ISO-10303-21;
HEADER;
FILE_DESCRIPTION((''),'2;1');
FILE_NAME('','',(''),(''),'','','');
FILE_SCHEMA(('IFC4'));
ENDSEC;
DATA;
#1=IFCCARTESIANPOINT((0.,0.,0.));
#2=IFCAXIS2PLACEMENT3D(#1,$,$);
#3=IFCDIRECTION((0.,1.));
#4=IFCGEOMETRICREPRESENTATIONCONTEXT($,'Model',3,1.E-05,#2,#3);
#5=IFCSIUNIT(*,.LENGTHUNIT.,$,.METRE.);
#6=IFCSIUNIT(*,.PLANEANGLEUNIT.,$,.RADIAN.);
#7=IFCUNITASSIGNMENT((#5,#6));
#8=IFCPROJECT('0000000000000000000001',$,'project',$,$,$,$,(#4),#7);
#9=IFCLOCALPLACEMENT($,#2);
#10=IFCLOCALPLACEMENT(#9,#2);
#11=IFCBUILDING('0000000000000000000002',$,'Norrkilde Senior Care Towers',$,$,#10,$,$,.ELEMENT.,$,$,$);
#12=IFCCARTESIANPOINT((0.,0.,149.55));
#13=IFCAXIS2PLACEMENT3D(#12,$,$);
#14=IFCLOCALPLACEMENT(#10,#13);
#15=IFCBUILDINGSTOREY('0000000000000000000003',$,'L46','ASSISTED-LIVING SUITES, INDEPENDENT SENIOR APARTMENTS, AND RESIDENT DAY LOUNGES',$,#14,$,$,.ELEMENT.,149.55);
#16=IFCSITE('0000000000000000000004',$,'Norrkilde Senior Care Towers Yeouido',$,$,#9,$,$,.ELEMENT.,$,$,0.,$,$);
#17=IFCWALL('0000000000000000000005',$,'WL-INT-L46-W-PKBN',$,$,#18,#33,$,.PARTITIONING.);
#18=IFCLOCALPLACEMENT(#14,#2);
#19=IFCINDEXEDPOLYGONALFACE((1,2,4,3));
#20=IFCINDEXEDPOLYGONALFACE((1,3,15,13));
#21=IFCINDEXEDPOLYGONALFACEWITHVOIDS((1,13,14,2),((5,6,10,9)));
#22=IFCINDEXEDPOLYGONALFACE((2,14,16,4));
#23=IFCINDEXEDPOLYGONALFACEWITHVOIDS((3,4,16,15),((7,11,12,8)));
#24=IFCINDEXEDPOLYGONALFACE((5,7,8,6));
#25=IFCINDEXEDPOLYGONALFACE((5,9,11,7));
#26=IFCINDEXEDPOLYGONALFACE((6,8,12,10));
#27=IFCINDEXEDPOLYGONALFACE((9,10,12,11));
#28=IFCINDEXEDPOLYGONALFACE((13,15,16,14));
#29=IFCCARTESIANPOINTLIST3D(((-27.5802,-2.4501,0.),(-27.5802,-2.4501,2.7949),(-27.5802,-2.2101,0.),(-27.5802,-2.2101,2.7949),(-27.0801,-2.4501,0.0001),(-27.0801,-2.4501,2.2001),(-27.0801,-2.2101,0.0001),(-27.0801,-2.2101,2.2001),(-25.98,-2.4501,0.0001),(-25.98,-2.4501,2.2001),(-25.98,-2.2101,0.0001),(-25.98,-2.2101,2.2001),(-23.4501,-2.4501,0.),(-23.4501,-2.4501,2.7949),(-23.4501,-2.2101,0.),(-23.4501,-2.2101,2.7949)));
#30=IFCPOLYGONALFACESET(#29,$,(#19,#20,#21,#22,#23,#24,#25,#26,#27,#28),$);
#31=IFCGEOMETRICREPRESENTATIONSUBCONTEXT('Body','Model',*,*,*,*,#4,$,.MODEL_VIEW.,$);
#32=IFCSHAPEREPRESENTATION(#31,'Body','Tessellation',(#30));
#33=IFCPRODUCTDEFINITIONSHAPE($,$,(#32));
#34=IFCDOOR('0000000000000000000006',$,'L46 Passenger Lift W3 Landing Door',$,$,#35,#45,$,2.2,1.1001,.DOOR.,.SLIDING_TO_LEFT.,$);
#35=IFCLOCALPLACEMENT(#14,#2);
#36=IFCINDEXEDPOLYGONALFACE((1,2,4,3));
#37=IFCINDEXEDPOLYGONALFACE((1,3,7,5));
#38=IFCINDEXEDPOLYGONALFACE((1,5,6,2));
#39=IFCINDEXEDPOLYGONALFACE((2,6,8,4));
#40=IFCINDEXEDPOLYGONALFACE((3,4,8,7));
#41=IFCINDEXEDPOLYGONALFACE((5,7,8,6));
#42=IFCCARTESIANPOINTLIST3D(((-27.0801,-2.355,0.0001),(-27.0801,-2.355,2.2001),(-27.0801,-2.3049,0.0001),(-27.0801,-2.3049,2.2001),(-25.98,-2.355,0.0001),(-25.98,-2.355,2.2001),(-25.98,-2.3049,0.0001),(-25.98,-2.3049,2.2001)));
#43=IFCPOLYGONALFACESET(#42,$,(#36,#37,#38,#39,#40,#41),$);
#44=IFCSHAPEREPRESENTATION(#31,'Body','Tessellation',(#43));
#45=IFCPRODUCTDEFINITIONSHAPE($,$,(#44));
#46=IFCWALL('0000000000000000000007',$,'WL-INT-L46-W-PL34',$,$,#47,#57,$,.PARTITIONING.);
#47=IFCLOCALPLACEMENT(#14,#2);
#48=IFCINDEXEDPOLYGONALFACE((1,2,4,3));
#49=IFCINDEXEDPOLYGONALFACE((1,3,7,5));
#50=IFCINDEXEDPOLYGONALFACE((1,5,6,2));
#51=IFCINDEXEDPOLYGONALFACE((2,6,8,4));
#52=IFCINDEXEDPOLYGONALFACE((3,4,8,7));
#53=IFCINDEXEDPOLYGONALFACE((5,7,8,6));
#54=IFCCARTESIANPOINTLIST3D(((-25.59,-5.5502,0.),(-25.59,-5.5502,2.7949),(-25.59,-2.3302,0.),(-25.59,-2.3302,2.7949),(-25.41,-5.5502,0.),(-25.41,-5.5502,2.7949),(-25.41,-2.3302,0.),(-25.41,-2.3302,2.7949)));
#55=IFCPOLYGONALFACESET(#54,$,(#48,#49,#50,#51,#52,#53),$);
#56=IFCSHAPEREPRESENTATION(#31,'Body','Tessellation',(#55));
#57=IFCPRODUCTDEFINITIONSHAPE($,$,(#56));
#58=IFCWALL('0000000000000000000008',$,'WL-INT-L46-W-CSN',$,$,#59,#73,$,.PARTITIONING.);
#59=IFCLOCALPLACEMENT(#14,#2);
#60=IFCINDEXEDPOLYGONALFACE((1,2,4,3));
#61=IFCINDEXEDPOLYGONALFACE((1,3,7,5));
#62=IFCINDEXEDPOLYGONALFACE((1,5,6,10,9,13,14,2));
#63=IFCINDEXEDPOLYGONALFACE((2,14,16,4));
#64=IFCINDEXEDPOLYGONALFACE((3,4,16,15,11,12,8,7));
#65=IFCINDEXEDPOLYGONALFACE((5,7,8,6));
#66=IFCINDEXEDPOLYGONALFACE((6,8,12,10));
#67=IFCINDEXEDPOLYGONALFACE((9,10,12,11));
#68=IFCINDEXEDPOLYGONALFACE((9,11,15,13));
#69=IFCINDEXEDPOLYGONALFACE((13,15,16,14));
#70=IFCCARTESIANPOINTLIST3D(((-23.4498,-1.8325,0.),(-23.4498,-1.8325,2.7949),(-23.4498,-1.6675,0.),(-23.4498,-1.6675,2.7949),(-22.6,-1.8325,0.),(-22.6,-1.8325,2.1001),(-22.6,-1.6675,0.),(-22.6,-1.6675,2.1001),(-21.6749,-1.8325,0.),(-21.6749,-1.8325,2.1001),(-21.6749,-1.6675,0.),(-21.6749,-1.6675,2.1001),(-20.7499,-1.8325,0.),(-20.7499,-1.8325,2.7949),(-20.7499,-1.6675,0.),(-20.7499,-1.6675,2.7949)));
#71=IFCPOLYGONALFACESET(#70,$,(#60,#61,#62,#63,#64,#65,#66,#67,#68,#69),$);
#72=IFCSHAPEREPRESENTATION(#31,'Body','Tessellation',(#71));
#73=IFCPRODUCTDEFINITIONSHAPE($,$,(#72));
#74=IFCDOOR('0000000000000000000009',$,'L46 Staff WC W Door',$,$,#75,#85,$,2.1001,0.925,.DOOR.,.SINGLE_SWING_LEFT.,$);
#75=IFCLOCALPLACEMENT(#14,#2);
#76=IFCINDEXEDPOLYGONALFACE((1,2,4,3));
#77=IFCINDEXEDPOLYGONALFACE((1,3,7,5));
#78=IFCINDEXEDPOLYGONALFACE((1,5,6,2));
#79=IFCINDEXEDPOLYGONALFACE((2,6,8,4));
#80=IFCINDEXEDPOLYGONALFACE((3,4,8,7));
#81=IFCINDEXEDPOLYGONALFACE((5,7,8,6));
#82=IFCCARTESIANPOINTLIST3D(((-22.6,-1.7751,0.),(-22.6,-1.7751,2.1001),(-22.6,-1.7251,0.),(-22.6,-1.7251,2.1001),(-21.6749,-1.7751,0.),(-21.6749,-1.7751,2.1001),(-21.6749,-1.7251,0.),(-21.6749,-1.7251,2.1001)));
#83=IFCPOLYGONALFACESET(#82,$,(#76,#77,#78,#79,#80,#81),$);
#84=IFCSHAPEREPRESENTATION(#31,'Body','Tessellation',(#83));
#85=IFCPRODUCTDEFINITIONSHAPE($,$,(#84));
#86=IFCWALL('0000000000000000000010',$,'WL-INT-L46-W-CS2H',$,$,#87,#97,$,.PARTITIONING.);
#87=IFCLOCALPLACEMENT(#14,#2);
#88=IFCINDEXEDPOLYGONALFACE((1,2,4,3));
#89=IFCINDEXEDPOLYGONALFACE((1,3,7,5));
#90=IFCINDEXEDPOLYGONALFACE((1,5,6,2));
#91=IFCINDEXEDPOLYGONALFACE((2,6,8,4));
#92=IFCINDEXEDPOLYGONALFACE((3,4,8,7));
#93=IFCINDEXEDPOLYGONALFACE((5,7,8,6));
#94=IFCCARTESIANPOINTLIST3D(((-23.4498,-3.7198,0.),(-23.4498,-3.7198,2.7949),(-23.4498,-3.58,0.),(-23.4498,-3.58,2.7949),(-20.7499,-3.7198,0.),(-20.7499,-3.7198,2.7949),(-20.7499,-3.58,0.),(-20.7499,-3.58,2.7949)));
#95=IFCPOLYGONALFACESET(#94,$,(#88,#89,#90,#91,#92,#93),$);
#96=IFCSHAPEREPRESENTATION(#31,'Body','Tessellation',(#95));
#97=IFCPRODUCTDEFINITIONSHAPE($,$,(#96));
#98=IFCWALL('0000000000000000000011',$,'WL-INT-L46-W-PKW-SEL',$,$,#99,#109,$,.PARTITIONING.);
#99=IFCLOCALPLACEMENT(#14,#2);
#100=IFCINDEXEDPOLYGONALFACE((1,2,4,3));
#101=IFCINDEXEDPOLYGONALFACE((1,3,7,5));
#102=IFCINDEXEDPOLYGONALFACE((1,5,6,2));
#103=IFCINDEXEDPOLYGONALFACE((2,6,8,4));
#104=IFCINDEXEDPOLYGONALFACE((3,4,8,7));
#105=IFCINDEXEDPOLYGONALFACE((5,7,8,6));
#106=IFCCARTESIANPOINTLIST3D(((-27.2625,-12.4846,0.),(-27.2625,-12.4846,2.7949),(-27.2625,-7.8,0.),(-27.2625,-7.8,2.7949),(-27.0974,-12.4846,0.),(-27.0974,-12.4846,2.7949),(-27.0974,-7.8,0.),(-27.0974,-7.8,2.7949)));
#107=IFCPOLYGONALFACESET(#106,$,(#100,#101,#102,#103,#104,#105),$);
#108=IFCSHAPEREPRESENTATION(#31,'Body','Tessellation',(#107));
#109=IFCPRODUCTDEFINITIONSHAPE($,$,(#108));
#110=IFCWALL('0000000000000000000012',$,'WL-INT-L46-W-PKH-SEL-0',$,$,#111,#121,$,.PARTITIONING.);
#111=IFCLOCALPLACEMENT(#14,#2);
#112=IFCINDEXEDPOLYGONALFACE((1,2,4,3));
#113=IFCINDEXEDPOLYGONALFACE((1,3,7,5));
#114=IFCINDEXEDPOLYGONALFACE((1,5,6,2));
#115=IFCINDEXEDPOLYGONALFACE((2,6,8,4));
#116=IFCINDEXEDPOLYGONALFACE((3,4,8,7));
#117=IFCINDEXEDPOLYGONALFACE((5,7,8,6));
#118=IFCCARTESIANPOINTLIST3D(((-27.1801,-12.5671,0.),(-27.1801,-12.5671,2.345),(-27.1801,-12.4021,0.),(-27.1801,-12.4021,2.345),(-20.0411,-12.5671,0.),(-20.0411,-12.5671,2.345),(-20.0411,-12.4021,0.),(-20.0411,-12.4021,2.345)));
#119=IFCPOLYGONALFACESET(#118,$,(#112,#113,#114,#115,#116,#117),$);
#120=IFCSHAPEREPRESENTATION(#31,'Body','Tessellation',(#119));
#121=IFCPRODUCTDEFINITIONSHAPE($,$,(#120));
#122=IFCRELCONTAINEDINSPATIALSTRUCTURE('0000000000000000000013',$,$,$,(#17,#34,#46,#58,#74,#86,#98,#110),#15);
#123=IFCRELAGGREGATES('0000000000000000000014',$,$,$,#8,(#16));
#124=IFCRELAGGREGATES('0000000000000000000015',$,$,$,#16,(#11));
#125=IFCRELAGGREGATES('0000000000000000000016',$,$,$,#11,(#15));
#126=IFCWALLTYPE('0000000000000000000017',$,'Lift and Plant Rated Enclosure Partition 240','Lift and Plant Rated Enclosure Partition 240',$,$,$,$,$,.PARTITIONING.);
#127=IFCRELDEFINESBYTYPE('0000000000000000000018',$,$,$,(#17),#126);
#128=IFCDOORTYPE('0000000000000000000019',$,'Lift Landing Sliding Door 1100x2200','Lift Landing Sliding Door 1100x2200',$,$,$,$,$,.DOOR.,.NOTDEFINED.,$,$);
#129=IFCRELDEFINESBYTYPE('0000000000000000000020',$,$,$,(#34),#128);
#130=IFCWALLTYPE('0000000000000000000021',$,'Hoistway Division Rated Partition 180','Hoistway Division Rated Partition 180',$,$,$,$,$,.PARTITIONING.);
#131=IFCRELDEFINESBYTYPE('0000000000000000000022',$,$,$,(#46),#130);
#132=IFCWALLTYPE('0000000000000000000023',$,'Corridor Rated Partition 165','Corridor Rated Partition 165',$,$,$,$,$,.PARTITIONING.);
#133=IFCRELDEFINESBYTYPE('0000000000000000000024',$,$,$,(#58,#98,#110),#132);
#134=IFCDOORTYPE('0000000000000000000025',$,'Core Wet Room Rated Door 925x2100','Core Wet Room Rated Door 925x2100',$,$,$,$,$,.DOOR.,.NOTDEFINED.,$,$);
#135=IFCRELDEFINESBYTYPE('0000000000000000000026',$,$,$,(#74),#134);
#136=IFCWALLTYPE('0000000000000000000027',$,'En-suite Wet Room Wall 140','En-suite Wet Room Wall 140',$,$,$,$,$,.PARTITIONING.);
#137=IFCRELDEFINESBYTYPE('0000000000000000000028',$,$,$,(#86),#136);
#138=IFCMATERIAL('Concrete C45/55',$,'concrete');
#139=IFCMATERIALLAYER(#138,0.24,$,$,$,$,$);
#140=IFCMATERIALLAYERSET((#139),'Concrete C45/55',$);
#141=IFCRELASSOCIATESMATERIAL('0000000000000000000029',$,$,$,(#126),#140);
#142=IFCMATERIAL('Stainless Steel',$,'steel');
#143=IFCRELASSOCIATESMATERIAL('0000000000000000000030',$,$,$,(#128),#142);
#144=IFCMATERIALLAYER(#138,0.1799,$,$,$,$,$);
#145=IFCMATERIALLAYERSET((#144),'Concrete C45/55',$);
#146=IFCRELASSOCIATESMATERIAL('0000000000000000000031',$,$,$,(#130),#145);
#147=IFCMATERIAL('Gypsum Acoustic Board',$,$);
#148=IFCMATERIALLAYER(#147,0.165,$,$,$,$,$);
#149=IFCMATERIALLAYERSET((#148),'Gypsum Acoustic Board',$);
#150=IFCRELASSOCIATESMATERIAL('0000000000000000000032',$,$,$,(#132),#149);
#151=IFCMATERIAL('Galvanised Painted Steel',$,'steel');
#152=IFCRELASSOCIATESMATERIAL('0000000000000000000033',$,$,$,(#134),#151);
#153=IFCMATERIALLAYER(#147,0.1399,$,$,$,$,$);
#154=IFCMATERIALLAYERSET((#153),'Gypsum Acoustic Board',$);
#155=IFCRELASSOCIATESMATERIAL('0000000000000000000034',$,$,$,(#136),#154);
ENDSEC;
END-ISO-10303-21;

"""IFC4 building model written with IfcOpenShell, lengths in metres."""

from ifc_helpers import new_model, si_unit, direction, frame, frame_2d, origin, place, context, subcontext, project, spatial, rectangle, extrude, source, transform, mapped, material, layer, layer_set, type_object, type_shapes, element, fill, save


model = new_model("IFC4")

# Units and contexts
model_context = context("Model", 3, precision=1e-05, world=origin(), true_north=direction((0.0, 1.0)))
body_context = subcontext(model_context, "Body", "Model", "MODEL_VIEW")
ifc_project = project(units=[si_unit("LENGTHUNIT", "METRE"), si_unit("PLANEANGLEUNIT", "RADIAN")], contexts=[model_context])

# Site, building, storey
site_placement = place(None, origin())
site = spatial("IfcSite", under=ifc_project, at=site_placement, Name="Norrkilde Senior Care Towers Yeouido", CompositionType="ELEMENT", RefElevation=0.0)
building_placement = place(site_placement, origin())
building = spatial("IfcBuilding", under=site, at=building_placement, Name="Norrkilde Senior Care Towers", CompositionType="ELEMENT")
storey_placement = place(building_placement, frame((0.0, 0.0, 149.55)))
storey = spatial("IfcBuildingStorey", under=building, at=storey_placement, Name="L46", Description="ASSISTED-LIVING SUITES, INDEPENDENT SENIOR APARTMENTS, AND RESIDENT DAY LOUNGES", CompositionType="ELEMENT", Elevation=149.55)

# Shared definitions
ifc_material_1 = material(Name="Concrete C45/55", Category="concrete")

# Shared definitions
ifc_material_2 = material(Name="Galvanised Painted Steel", Category="steel")

# Wall, opening, door
ifc_layer_1 = layer(ifc_material_1, 0.24)
ifc_layer_set_1 = layer_set([ifc_layer_1], Name="Concrete C45/55")
wall_type_1 = type_object("IfcWallType", Name="Lift and Plant Rated Enclosure Partition 240", Description="Lift and Plant Rated Enclosure Partition 240", PredefinedType="PARTITIONING", material=ifc_layer_set_1)
shared_shape_1 = source(origin(), body_context, "Body", "SweptSolid", [
    extrude(rectangle(XDim=4.1301, YDim=0.24, at=frame_2d((2.0649, 0.0))), origin(), (0.0, 0.0, 1.0), 2.7949),
])
type_shapes(wall_type_1, [shared_shape_1])
wall_1_placement = place(storey_placement, frame((-27.5801, -2.3301, 0.0), z_axis=(0.0, 0.0, 1.0), x_axis=(1.0, 0.0, 0.0)))
wall_1 = element("IfcWall", 1, at=wall_1_placement, inside=storey, type_object=wall_type_1, Name="WL-INT-L46-W-PKBN", PredefinedType="PARTITIONING", context=body_context, shape_type="MappedRepresentation", body=[
    mapped(shared_shape_1, transform((0.0, 0.0, 0.0), x_axis=(1.0, 0.0, 0.0), y_axis=(0.0, 1.0, 0.0), z_axis=(0.0, 0.0, 1.0), scale=1.0)),
])
opening_1_placement = place(wall_1_placement, frame((0.5, 0.0, 0.0)))
opening_1 = element("IfcOpeningElement", 2, at=opening_1_placement, cuts=wall_1, PredefinedType="OPENING", context=body_context, shape_type="SweptSolid", body=[
    extrude(rectangle(XDim=1.1001, YDim=2.2, at=frame_2d((0.55, 1.1001))), frame((0.0, 0.1299, 0.0), z_axis=(0.0, -1.0, 0.0), x_axis=(1.0, 0.0, 0.0)), (0.0, 0.0, 1.0), 0.26),
])
ifc_material_3 = material(Name="Stainless Steel", Category="steel")
door_type_1 = type_object("IfcDoorType", Name="Lift Landing Sliding Door 1100x2200", Description="Lift Landing Sliding Door 1100x2200", OperationType="NOTDEFINED", PredefinedType="DOOR", material=ifc_material_3)
shared_shape_2 = source(origin(), body_context, "Body", "SweptSolid", [
    extrude(rectangle(XDim=1.1001, YDim=2.2, at=frame_2d((0.55, 1.1001))), frame((0.0, 0.0249, 0.0), z_axis=(0.0, -1.0, 0.0), x_axis=(1.0, 0.0, 0.0)), (0.0, 0.0, 1.0), 0.05),
])
type_shapes(door_type_1, [shared_shape_2])
door_1_placement = place(opening_1_placement, frame((1.1001, 0.0, 0.0), z_axis=(0.0, 0.0, 1.0), x_axis=(-1.0, 0.0, 0.0)))
door_1 = element("IfcDoor", 3, at=door_1_placement, inside=storey, type_object=door_type_1, Name="L46 Passenger Lift W3 Landing Door", OperationType="SLIDING_TO_LEFT", OverallHeight=2.2, OverallWidth=1.1001, PredefinedType="DOOR", context=body_context, shape_type="MappedRepresentation", body=[
    mapped(shared_shape_2, transform((0.0, 0.0, 0.0), x_axis=(1.0, 0.0, 0.0), y_axis=(0.0, 1.0, 0.0), z_axis=(0.0, 0.0, 1.0), scale=1.0)),
])
fill(opening_1, door_1)

# Wall
ifc_layer_2 = layer(ifc_material_1, 0.1799)
ifc_layer_set_2 = layer_set([ifc_layer_2], Name="Concrete C45/55")
wall_type_2 = type_object("IfcWallType", Name="Hoistway Division Rated Partition 180", Description="Hoistway Division Rated Partition 180", PredefinedType="PARTITIONING", material=ifc_layer_set_2)
shared_shape_3 = source(origin(), body_context, "Body", "SweptSolid", [
    extrude(rectangle(XDim=3.22, YDim=0.1799, at=frame_2d((1.6099, 0.0))), origin(), (0.0, 0.0, 1.0), 2.7949),
])
type_shapes(wall_type_2, [shared_shape_3])
wall_2_placement = place(storey_placement, frame((-25.5, -5.55, 0.0), z_axis=(0.0, 0.0, 1.0), x_axis=(0.0, 1.0, 0.0)))
element("IfcWall", 4, at=wall_2_placement, inside=storey, type_object=wall_type_2, Name="WL-INT-L46-W-PL34", PredefinedType="PARTITIONING", context=body_context, shape_type="MappedRepresentation", body=[
    mapped(shared_shape_3, transform((0.0, 0.0, 0.0), x_axis=(1.0, 0.0, 0.0), y_axis=(0.0, 1.0, 0.0), z_axis=(0.0, 0.0, 1.0), scale=1.0)),
])

# Wall, opening, door
ifc_material_4 = material(Name="Gypsum Acoustic Board")
ifc_layer_3 = layer(ifc_material_4, 0.165)
ifc_layer_set_3 = layer_set([ifc_layer_3], Name="Gypsum Acoustic Board")
wall_type_3 = type_object("IfcWallType", Name="Corridor Rated Partition 165", Description="Corridor Rated Partition 165", PredefinedType="PARTITIONING", material=ifc_layer_set_3)
shared_shape_4 = source(origin(), body_context, "Body", "SweptSolid", [
    extrude(rectangle(XDim=2.7, YDim=0.165, at=frame_2d((1.3501, 0.0))), origin(), (0.0, 0.0, 1.0), 2.7949),
])
wall_3_placement = place(storey_placement, frame((-23.45, -1.75, 0.0), z_axis=(0.0, 0.0, 1.0), x_axis=(1.0, 0.0, 0.0)))
wall_3 = element("IfcWall", 5, at=wall_3_placement, inside=storey, type_object=wall_type_3, Name="WL-INT-L46-W-CSN", PredefinedType="PARTITIONING", context=body_context, shape_type="MappedRepresentation", body=[
    mapped(shared_shape_4, transform((0.0, 0.0, 0.0), x_axis=(1.0, 0.0, 0.0), y_axis=(0.0, 1.0, 0.0), z_axis=(0.0, 0.0, 1.0), scale=1.0)),
])
opening_2_placement = place(wall_3_placement, frame((0.8501, 0.0, 0.0)))
opening_2 = element("IfcOpeningElement", 6, at=opening_2_placement, cuts=wall_3, PredefinedType="OPENING", context=body_context, shape_type="SweptSolid", body=[
    extrude(rectangle(XDim=0.925, YDim=2.1001, at=frame_2d((0.4624, 1.05))), frame((0.0, 0.0925, 0.0), z_axis=(0.0, -1.0, 0.0), x_axis=(1.0, 0.0, 0.0)), (0.0, 0.0, 1.0), 0.1851),
])
door_type_2 = type_object("IfcDoorType", Name="Core Wet Room Rated Door 925x2100", Description="Core Wet Room Rated Door 925x2100", OperationType="NOTDEFINED", PredefinedType="DOOR", material=ifc_material_2)
shared_shape_5 = source(origin(), body_context, "Body", "SweptSolid", [
    extrude(rectangle(XDim=0.925, YDim=2.1001, at=frame_2d((0.4624, 1.05))), frame((0.0, 0.0249, 0.0), z_axis=(0.0, -1.0, 0.0), x_axis=(1.0, 0.0, 0.0)), (0.0, 0.0, 1.0), 0.05),
])
type_shapes(door_type_2, [shared_shape_5])
door_2_placement = place(opening_2_placement, origin())
door_2 = element("IfcDoor", 7, at=door_2_placement, inside=storey, type_object=door_type_2, Name="L46 Staff WC W Door", OperationType="SINGLE_SWING_LEFT", OverallHeight=2.1001, OverallWidth=0.925, PredefinedType="DOOR", context=body_context, shape_type="MappedRepresentation", body=[
    mapped(shared_shape_5, transform((0.0, 0.0, 0.0), x_axis=(1.0, 0.0, 0.0), y_axis=(0.0, 1.0, 0.0), z_axis=(0.0, 0.0, 1.0), scale=1.0)),
])
fill(opening_2, door_2)

# Walls
ifc_layer_4 = layer(ifc_material_4, 0.1399)
ifc_layer_set_4 = layer_set([ifc_layer_4], Name="Gypsum Acoustic Board")
wall_type_4 = type_object("IfcWallType", Name="En-suite Wet Room Wall 140", Description="En-suite Wet Room Wall 140", PredefinedType="PARTITIONING", material=ifc_layer_set_4)
shared_shape_6 = source(origin(), body_context, "Body", "SweptSolid", [
    extrude(rectangle(XDim=2.7, YDim=0.1399, at=frame_2d((1.3501, 0.0))), origin(), (0.0, 0.0, 1.0), 2.7949),
])
type_shapes(wall_type_4, [shared_shape_6])
wall_4_placement = place(storey_placement, frame((-23.45, -3.6499, 0.0), z_axis=(0.0, 0.0, 1.0), x_axis=(1.0, 0.0, 0.0)))
element("IfcWall", 8, at=wall_4_placement, inside=storey, type_object=wall_type_4, Name="WL-INT-L46-W-CS2H", PredefinedType="PARTITIONING", context=body_context, shape_type="MappedRepresentation", body=[
    mapped(shared_shape_6, transform((0.0, 0.0, 0.0), x_axis=(1.0, 0.0, 0.0), y_axis=(0.0, 1.0, 0.0), z_axis=(0.0, 0.0, 1.0), scale=1.0)),
])
shared_shape_7 = source(origin(), body_context, "Body", "SweptSolid", [
    extrude(rectangle(XDim=4.6846, YDim=0.165, at=frame_2d((2.3423, 0.0))), origin(), (0.0, 0.0, 1.0), 2.7949),
])
wall_5_placement = place(storey_placement, frame((-27.1799, -12.4846, 0.0), z_axis=(0.0, 0.0, 1.0), x_axis=(0.0, 1.0, 0.0)))
element("IfcWall", 9, at=wall_5_placement, inside=storey, type_object=wall_type_3, Name="WL-INT-L46-W-PKW-SEL", PredefinedType="PARTITIONING", context=body_context, shape_type="MappedRepresentation", body=[
    mapped(shared_shape_7, transform((0.0, 0.0, 0.0), x_axis=(1.0, 0.0, 0.0), y_axis=(0.0, 1.0, 0.0), z_axis=(0.0, 0.0, 1.0), scale=1.0)),
])
shared_shape_8 = source(origin(), body_context, "Body", "SweptSolid", [
    extrude(rectangle(XDim=7.1389, YDim=0.165, at=frame_2d((3.5693, 0.0))), origin(), (0.0, 0.0, 1.0), 2.345),
])
type_shapes(wall_type_3, [shared_shape_4, shared_shape_7, shared_shape_8])
wall_6_placement = place(storey_placement, frame((-27.1799, -12.4846, 0.0), z_axis=(0.0, 0.0, 1.0), x_axis=(1.0, 0.0, 0.0)))
element("IfcWall", 10, at=wall_6_placement, inside=storey, type_object=wall_type_3, Name="WL-INT-L46-W-PKH-SEL-0", PredefinedType="PARTITIONING", context=body_context, shape_type="MappedRepresentation", body=[
    mapped(shared_shape_8, transform((0.0, 0.0, 0.0), x_axis=(1.0, 0.0, 0.0), y_axis=(0.0, 1.0, 0.0), z_axis=(0.0, 0.0, 1.0), scale=1.0)),
])

save(model, "model.ifc")
